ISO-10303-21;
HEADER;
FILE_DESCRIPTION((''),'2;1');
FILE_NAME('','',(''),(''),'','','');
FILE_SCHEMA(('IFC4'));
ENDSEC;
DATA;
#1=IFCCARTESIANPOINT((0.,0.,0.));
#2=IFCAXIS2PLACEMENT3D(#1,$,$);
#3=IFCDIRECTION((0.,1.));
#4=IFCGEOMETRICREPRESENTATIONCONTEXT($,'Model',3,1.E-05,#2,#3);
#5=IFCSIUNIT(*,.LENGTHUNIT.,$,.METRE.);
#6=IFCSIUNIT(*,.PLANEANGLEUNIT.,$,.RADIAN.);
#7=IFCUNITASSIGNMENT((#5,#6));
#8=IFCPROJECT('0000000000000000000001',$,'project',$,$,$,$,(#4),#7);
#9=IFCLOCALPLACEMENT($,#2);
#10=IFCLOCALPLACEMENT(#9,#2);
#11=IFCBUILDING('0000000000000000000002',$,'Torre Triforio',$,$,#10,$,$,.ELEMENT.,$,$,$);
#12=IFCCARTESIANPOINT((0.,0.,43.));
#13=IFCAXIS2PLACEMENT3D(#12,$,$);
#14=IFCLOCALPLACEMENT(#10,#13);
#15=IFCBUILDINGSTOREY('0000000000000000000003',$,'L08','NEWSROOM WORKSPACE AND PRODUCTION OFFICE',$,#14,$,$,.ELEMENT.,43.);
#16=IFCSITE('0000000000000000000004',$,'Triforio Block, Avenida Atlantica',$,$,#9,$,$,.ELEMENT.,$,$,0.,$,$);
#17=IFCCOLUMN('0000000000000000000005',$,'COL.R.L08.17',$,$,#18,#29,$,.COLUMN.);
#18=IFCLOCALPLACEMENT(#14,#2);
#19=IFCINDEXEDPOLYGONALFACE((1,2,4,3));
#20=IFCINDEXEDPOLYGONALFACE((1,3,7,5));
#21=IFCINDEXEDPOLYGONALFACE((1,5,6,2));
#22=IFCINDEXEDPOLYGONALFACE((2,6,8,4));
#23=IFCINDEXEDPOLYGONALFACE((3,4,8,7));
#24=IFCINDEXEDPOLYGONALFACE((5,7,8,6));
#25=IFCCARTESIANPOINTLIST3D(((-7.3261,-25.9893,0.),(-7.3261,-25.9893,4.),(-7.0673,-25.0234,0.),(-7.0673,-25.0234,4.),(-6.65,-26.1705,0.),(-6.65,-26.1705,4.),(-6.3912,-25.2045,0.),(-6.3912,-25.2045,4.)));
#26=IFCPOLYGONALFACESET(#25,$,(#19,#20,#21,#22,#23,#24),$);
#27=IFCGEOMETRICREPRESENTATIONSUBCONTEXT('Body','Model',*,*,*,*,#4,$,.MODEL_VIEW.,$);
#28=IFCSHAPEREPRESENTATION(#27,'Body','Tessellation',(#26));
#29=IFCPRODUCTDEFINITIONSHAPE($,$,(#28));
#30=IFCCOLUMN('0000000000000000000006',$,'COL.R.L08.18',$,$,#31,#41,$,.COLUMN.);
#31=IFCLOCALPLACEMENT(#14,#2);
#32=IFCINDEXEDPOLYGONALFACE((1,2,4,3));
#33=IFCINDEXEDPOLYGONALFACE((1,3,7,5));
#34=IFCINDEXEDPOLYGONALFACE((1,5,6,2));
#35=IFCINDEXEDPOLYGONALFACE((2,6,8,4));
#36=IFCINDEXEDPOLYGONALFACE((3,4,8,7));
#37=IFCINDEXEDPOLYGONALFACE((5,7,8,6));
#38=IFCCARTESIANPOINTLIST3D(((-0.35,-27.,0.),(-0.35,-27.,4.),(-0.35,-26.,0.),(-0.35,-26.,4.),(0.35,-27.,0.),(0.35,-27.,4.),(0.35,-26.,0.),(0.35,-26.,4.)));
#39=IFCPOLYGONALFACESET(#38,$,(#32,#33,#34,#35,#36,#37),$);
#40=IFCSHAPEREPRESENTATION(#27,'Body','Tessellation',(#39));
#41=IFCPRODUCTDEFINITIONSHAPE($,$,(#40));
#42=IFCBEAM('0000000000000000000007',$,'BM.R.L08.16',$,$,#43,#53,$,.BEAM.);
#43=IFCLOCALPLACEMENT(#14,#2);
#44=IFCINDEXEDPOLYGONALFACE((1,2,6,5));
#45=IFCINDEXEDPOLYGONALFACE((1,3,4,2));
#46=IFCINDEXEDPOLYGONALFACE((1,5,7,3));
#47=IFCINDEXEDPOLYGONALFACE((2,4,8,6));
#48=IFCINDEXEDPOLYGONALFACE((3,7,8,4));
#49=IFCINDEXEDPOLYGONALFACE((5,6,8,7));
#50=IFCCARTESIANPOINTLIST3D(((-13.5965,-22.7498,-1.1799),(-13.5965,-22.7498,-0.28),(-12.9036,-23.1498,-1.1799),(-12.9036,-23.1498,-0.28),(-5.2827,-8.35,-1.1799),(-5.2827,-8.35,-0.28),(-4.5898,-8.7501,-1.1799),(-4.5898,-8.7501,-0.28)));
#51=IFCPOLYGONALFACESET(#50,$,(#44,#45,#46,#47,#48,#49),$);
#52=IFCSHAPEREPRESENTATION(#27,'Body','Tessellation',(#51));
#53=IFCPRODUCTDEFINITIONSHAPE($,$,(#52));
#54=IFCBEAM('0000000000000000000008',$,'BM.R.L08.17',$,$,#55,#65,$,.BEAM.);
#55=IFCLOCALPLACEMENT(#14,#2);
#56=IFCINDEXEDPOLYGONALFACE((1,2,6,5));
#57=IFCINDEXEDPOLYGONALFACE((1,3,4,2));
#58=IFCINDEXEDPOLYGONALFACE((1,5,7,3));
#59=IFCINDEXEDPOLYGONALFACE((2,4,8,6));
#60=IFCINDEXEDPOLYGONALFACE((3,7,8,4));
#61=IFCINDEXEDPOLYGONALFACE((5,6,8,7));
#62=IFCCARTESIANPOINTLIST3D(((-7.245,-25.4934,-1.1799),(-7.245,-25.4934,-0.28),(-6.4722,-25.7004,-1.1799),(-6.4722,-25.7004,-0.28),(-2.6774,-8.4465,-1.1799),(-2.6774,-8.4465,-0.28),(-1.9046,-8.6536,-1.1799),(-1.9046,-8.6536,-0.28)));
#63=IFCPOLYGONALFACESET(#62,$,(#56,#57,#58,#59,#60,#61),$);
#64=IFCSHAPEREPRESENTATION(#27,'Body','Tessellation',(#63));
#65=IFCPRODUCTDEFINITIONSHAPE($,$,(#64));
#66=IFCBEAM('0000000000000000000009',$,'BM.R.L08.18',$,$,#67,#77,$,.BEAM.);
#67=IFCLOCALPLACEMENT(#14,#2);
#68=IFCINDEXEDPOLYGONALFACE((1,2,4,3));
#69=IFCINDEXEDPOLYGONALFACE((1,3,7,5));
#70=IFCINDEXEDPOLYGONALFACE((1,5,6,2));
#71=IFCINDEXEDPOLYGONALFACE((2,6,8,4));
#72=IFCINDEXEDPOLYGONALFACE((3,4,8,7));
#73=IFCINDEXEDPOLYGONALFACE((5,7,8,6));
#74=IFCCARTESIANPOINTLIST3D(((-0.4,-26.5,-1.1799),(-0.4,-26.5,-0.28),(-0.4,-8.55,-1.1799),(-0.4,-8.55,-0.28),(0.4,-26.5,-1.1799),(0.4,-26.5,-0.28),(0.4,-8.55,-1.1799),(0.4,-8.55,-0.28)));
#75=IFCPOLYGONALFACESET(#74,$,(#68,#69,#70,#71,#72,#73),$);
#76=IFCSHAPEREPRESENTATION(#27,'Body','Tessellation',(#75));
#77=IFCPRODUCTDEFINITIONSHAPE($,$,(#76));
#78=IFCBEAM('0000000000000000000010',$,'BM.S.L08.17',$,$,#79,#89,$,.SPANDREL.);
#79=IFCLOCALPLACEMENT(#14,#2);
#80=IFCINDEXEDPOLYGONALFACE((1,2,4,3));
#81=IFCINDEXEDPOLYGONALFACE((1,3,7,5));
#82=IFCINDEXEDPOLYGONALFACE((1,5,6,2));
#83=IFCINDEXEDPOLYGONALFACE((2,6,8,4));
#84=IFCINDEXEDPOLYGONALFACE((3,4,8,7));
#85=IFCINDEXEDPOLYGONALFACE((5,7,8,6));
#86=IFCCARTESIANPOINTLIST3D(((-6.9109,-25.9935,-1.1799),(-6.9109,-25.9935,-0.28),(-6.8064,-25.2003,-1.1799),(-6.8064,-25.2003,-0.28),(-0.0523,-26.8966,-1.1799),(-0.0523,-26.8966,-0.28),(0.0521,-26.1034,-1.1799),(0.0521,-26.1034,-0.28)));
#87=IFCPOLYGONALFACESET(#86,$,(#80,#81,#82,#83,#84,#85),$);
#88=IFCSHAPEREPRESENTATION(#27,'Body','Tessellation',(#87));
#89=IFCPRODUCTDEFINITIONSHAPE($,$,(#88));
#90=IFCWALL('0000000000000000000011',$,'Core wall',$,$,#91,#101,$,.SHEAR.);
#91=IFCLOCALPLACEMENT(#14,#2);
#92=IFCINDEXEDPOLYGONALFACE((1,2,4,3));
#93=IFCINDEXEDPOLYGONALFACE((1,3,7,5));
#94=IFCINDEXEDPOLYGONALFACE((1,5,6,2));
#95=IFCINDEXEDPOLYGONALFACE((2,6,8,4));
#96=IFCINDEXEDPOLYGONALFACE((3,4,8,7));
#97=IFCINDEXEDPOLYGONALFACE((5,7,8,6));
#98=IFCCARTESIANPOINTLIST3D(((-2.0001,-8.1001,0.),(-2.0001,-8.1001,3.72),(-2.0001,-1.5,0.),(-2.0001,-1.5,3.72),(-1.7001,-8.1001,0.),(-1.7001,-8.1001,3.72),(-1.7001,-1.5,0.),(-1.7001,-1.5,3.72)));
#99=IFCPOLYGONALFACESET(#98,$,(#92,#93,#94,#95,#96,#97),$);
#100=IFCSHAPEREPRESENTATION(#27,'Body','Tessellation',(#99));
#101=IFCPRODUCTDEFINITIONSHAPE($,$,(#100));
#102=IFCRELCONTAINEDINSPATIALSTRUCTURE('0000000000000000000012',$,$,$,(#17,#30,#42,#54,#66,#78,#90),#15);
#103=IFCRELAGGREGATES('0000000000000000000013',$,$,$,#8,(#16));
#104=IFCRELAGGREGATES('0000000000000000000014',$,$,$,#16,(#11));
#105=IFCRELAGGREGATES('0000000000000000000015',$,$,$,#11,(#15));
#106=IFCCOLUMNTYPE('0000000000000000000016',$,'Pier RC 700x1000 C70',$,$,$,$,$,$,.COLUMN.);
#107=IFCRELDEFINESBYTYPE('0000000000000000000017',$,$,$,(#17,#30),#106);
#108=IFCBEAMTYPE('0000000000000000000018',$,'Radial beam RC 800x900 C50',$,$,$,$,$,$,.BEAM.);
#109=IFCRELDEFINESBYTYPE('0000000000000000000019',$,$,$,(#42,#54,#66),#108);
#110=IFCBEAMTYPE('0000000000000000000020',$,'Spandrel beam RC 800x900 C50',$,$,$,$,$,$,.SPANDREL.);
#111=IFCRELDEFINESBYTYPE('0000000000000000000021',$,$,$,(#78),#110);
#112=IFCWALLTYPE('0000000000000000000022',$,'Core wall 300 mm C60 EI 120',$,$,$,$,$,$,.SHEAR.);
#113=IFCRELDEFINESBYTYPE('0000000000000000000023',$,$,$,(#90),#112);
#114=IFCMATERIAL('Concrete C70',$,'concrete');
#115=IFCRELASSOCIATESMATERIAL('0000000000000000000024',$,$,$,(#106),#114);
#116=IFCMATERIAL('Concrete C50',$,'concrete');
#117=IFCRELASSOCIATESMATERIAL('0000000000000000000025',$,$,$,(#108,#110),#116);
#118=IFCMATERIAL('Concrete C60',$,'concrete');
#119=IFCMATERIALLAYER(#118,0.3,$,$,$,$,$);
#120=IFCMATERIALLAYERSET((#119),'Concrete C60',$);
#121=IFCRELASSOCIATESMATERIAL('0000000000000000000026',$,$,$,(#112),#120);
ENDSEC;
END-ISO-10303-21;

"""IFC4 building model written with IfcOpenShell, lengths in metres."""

from ifc_helpers import new_model, si_unit, direction, frame, frame_2d, origin, origin_2d, place, context, subcontext, project, spatial, rectangle, extrude, material, layer, layer_set, material_profile, profile_set, type_object, element, save


model = new_model("IFC4")

# Units and contexts
model_context = context("Model", 3, precision=1e-05, world=origin(), true_north=direction((0.0, 1.0)))
body_context = subcontext(model_context, "Body", "Model", "MODEL_VIEW")
ifc_project = project(units=[si_unit("LENGTHUNIT", "METRE"), si_unit("PLANEANGLEUNIT", "RADIAN")], contexts=[model_context])

# Site, building, storey
site_placement = place(None, origin())
site = spatial("IfcSite", under=ifc_project, at=site_placement, Name="Triforio Block, Avenida Atlantica", CompositionType="ELEMENT", RefElevation=0.0)
building_placement = place(site_placement, origin())
building = spatial("IfcBuilding", under=site, at=building_placement, Name="Torre Triforio", CompositionType="ELEMENT")
storey_placement = place(building_placement, frame((0.0, 0.0, 43.0)))
storey = spatial("IfcBuildingStorey", under=building, at=storey_placement, Name="L08", Description="NEWSROOM WORKSPACE AND PRODUCTION OFFICE", CompositionType="ELEMENT", Elevation=43.0)

# Columns
ifc_material_1 = material(Name="Concrete C70", Category="concrete")
ifc_material_profile_1 = material_profile(ifc_material_1, rectangle(XDim=0.7, YDim=1.0, at=origin_2d()), Name="RC 700x1000")
ifc_profile_set_1 = profile_set([ifc_material_profile_1], Name="Concrete C70")
column_type = type_object("IfcColumnType", Name="Pier RC 700x1000 C70", PredefinedType="COLUMN", material=ifc_profile_set_1)
for number, where, z_axis, x_axis, name in (
    (1, (-6.8586, -25.5969, 0.0), (0.0, 0.0, 1.0), (0.965926, -0.258819, 0.0), "COL.R.L08.17"),
    (2, (0.0, -26.5, 0.0), (0.0, 0.0, 1.0), (1.0, 0.0, 0.0), "COL.R.L08.18"),
):
    element("IfcColumn", number, at=place(storey_placement, frame(where, z_axis=z_axis, x_axis=x_axis)), inside=storey, type_object=column_type, Name=name, PredefinedType="COLUMN", context=body_context, shape_type="SweptSolid", body=[
        extrude(rectangle(XDim=0.7, YDim=1.0, at=origin_2d()), origin(), (0.0, 0.0, 1.0), 4.0),
    ])

# Beams
ifc_material_2 = material(Name="Concrete C50", Category="concrete")
ifc_material_profile_2 = material_profile(ifc_material_2, rectangle(XDim=0.8, YDim=0.8999, at=origin_2d()), Name="RC 800x900")
ifc_profile_set_2 = profile_set([ifc_material_profile_2], Name="Concrete C50")
beam_type_1 = type_object("IfcBeamType", Name="Radial beam RC 800x900 C50", PredefinedType="BEAM", material=ifc_profile_set_2)
beam_1_placement = place(storey_placement, frame((-4.9363, -8.55, -0.73), z_axis=(-0.500003, -0.866023, 0.0), x_axis=(0.866023, -0.500003, 0.0)))
element("IfcBeam", 3, at=beam_1_placement, inside=storey, type_object=beam_type_1, Name="BM.R.L08.16", PredefinedType="BEAM", context=body_context, shape_type="SweptSolid", body=[
    extrude(rectangle(XDim=0.8, YDim=0.8999, at=origin_2d()), origin(), (0.0, 0.0, 1.0), 16.6274),
])
beam_2_placement = place(storey_placement, frame((-2.291, -8.55, -0.73), z_axis=(-0.258815, -0.965927, 0.0), x_axis=(0.965927, -0.258815, 0.0)))
element("IfcBeam", 4, at=beam_2_placement, inside=storey, type_object=beam_type_1, Name="BM.R.L08.17", PredefinedType="BEAM", context=body_context, shape_type="SweptSolid", body=[
    extrude(rectangle(XDim=0.8, YDim=0.8999, at=origin_2d()), origin(), (0.0, 0.0, 1.0), 17.6482),
])
beam_3_placement = place(storey_placement, frame((0.0, -8.55, -0.73), z_axis=(0.0, -1.0, 0.0), x_axis=(1.0, 0.0, 0.0)))
element("IfcBeam", 5, at=beam_3_placement, inside=storey, type_object=beam_type_1, Name="BM.R.L08.18", PredefinedType="BEAM", context=body_context, shape_type="SweptSolid", body=[
    extrude(rectangle(XDim=0.8, YDim=0.8999, at=origin_2d()), origin(), (0.0, 0.0, 1.0), 17.95),
])
ifc_material_profile_3 = material_profile(ifc_material_2, rectangle(XDim=0.8, YDim=0.8999, at=origin_2d()), Name="RC 800x900")
ifc_profile_set_3 = profile_set([ifc_material_profile_3], Name="Concrete C50")
beam_type_2 = type_object("IfcBeamType", Name="Spandrel beam RC 800x900 C50", PredefinedType="SPANDREL", material=ifc_profile_set_3)
beam_4_placement = place(storey_placement, frame((-6.8586, -25.5969, -0.73), z_axis=(0.991443, -0.130543, 0.0), x_axis=(0.130543, 0.991443, 0.0)))
element("IfcBeam", 6, at=beam_4_placement, inside=storey, type_object=beam_type_2, Name="BM.S.L08.17", PredefinedType="SPANDREL", context=body_context, shape_type="SweptSolid", body=[
    extrude(rectangle(XDim=0.8, YDim=0.8999, at=origin_2d()), origin(), (0.0, 0.0, 1.0), 6.9177),
])

# Wall
ifc_material_3 = material(Name="Concrete C60", Category="concrete")
ifc_layer_1 = layer(ifc_material_3, 0.3)
ifc_layer_set_1 = layer_set([ifc_layer_1], Name="Concrete C60")
wall_type_1 = type_object("IfcWallType", Name="Core wall 300 mm C60 EI 120", PredefinedType="SHEAR", material=ifc_layer_set_1)
wall_1_placement = place(storey_placement, frame((-1.8501, -8.1001, 0.0), z_axis=(0.0, 0.0, 1.0), x_axis=(0.0, 1.0, 0.0)))
element("IfcWall", 7, at=wall_1_placement, inside=storey, type_object=wall_type_1, Name="Core wall", PredefinedType="SHEAR", context=body_context, shape_type="SweptSolid", body=[
    extrude(rectangle(XDim=6.6001, YDim=0.3, at=frame_2d((3.3, 0.0))), origin(), (0.0, 0.0, 1.0), 3.72),
])

save(model, "model.ifc")
